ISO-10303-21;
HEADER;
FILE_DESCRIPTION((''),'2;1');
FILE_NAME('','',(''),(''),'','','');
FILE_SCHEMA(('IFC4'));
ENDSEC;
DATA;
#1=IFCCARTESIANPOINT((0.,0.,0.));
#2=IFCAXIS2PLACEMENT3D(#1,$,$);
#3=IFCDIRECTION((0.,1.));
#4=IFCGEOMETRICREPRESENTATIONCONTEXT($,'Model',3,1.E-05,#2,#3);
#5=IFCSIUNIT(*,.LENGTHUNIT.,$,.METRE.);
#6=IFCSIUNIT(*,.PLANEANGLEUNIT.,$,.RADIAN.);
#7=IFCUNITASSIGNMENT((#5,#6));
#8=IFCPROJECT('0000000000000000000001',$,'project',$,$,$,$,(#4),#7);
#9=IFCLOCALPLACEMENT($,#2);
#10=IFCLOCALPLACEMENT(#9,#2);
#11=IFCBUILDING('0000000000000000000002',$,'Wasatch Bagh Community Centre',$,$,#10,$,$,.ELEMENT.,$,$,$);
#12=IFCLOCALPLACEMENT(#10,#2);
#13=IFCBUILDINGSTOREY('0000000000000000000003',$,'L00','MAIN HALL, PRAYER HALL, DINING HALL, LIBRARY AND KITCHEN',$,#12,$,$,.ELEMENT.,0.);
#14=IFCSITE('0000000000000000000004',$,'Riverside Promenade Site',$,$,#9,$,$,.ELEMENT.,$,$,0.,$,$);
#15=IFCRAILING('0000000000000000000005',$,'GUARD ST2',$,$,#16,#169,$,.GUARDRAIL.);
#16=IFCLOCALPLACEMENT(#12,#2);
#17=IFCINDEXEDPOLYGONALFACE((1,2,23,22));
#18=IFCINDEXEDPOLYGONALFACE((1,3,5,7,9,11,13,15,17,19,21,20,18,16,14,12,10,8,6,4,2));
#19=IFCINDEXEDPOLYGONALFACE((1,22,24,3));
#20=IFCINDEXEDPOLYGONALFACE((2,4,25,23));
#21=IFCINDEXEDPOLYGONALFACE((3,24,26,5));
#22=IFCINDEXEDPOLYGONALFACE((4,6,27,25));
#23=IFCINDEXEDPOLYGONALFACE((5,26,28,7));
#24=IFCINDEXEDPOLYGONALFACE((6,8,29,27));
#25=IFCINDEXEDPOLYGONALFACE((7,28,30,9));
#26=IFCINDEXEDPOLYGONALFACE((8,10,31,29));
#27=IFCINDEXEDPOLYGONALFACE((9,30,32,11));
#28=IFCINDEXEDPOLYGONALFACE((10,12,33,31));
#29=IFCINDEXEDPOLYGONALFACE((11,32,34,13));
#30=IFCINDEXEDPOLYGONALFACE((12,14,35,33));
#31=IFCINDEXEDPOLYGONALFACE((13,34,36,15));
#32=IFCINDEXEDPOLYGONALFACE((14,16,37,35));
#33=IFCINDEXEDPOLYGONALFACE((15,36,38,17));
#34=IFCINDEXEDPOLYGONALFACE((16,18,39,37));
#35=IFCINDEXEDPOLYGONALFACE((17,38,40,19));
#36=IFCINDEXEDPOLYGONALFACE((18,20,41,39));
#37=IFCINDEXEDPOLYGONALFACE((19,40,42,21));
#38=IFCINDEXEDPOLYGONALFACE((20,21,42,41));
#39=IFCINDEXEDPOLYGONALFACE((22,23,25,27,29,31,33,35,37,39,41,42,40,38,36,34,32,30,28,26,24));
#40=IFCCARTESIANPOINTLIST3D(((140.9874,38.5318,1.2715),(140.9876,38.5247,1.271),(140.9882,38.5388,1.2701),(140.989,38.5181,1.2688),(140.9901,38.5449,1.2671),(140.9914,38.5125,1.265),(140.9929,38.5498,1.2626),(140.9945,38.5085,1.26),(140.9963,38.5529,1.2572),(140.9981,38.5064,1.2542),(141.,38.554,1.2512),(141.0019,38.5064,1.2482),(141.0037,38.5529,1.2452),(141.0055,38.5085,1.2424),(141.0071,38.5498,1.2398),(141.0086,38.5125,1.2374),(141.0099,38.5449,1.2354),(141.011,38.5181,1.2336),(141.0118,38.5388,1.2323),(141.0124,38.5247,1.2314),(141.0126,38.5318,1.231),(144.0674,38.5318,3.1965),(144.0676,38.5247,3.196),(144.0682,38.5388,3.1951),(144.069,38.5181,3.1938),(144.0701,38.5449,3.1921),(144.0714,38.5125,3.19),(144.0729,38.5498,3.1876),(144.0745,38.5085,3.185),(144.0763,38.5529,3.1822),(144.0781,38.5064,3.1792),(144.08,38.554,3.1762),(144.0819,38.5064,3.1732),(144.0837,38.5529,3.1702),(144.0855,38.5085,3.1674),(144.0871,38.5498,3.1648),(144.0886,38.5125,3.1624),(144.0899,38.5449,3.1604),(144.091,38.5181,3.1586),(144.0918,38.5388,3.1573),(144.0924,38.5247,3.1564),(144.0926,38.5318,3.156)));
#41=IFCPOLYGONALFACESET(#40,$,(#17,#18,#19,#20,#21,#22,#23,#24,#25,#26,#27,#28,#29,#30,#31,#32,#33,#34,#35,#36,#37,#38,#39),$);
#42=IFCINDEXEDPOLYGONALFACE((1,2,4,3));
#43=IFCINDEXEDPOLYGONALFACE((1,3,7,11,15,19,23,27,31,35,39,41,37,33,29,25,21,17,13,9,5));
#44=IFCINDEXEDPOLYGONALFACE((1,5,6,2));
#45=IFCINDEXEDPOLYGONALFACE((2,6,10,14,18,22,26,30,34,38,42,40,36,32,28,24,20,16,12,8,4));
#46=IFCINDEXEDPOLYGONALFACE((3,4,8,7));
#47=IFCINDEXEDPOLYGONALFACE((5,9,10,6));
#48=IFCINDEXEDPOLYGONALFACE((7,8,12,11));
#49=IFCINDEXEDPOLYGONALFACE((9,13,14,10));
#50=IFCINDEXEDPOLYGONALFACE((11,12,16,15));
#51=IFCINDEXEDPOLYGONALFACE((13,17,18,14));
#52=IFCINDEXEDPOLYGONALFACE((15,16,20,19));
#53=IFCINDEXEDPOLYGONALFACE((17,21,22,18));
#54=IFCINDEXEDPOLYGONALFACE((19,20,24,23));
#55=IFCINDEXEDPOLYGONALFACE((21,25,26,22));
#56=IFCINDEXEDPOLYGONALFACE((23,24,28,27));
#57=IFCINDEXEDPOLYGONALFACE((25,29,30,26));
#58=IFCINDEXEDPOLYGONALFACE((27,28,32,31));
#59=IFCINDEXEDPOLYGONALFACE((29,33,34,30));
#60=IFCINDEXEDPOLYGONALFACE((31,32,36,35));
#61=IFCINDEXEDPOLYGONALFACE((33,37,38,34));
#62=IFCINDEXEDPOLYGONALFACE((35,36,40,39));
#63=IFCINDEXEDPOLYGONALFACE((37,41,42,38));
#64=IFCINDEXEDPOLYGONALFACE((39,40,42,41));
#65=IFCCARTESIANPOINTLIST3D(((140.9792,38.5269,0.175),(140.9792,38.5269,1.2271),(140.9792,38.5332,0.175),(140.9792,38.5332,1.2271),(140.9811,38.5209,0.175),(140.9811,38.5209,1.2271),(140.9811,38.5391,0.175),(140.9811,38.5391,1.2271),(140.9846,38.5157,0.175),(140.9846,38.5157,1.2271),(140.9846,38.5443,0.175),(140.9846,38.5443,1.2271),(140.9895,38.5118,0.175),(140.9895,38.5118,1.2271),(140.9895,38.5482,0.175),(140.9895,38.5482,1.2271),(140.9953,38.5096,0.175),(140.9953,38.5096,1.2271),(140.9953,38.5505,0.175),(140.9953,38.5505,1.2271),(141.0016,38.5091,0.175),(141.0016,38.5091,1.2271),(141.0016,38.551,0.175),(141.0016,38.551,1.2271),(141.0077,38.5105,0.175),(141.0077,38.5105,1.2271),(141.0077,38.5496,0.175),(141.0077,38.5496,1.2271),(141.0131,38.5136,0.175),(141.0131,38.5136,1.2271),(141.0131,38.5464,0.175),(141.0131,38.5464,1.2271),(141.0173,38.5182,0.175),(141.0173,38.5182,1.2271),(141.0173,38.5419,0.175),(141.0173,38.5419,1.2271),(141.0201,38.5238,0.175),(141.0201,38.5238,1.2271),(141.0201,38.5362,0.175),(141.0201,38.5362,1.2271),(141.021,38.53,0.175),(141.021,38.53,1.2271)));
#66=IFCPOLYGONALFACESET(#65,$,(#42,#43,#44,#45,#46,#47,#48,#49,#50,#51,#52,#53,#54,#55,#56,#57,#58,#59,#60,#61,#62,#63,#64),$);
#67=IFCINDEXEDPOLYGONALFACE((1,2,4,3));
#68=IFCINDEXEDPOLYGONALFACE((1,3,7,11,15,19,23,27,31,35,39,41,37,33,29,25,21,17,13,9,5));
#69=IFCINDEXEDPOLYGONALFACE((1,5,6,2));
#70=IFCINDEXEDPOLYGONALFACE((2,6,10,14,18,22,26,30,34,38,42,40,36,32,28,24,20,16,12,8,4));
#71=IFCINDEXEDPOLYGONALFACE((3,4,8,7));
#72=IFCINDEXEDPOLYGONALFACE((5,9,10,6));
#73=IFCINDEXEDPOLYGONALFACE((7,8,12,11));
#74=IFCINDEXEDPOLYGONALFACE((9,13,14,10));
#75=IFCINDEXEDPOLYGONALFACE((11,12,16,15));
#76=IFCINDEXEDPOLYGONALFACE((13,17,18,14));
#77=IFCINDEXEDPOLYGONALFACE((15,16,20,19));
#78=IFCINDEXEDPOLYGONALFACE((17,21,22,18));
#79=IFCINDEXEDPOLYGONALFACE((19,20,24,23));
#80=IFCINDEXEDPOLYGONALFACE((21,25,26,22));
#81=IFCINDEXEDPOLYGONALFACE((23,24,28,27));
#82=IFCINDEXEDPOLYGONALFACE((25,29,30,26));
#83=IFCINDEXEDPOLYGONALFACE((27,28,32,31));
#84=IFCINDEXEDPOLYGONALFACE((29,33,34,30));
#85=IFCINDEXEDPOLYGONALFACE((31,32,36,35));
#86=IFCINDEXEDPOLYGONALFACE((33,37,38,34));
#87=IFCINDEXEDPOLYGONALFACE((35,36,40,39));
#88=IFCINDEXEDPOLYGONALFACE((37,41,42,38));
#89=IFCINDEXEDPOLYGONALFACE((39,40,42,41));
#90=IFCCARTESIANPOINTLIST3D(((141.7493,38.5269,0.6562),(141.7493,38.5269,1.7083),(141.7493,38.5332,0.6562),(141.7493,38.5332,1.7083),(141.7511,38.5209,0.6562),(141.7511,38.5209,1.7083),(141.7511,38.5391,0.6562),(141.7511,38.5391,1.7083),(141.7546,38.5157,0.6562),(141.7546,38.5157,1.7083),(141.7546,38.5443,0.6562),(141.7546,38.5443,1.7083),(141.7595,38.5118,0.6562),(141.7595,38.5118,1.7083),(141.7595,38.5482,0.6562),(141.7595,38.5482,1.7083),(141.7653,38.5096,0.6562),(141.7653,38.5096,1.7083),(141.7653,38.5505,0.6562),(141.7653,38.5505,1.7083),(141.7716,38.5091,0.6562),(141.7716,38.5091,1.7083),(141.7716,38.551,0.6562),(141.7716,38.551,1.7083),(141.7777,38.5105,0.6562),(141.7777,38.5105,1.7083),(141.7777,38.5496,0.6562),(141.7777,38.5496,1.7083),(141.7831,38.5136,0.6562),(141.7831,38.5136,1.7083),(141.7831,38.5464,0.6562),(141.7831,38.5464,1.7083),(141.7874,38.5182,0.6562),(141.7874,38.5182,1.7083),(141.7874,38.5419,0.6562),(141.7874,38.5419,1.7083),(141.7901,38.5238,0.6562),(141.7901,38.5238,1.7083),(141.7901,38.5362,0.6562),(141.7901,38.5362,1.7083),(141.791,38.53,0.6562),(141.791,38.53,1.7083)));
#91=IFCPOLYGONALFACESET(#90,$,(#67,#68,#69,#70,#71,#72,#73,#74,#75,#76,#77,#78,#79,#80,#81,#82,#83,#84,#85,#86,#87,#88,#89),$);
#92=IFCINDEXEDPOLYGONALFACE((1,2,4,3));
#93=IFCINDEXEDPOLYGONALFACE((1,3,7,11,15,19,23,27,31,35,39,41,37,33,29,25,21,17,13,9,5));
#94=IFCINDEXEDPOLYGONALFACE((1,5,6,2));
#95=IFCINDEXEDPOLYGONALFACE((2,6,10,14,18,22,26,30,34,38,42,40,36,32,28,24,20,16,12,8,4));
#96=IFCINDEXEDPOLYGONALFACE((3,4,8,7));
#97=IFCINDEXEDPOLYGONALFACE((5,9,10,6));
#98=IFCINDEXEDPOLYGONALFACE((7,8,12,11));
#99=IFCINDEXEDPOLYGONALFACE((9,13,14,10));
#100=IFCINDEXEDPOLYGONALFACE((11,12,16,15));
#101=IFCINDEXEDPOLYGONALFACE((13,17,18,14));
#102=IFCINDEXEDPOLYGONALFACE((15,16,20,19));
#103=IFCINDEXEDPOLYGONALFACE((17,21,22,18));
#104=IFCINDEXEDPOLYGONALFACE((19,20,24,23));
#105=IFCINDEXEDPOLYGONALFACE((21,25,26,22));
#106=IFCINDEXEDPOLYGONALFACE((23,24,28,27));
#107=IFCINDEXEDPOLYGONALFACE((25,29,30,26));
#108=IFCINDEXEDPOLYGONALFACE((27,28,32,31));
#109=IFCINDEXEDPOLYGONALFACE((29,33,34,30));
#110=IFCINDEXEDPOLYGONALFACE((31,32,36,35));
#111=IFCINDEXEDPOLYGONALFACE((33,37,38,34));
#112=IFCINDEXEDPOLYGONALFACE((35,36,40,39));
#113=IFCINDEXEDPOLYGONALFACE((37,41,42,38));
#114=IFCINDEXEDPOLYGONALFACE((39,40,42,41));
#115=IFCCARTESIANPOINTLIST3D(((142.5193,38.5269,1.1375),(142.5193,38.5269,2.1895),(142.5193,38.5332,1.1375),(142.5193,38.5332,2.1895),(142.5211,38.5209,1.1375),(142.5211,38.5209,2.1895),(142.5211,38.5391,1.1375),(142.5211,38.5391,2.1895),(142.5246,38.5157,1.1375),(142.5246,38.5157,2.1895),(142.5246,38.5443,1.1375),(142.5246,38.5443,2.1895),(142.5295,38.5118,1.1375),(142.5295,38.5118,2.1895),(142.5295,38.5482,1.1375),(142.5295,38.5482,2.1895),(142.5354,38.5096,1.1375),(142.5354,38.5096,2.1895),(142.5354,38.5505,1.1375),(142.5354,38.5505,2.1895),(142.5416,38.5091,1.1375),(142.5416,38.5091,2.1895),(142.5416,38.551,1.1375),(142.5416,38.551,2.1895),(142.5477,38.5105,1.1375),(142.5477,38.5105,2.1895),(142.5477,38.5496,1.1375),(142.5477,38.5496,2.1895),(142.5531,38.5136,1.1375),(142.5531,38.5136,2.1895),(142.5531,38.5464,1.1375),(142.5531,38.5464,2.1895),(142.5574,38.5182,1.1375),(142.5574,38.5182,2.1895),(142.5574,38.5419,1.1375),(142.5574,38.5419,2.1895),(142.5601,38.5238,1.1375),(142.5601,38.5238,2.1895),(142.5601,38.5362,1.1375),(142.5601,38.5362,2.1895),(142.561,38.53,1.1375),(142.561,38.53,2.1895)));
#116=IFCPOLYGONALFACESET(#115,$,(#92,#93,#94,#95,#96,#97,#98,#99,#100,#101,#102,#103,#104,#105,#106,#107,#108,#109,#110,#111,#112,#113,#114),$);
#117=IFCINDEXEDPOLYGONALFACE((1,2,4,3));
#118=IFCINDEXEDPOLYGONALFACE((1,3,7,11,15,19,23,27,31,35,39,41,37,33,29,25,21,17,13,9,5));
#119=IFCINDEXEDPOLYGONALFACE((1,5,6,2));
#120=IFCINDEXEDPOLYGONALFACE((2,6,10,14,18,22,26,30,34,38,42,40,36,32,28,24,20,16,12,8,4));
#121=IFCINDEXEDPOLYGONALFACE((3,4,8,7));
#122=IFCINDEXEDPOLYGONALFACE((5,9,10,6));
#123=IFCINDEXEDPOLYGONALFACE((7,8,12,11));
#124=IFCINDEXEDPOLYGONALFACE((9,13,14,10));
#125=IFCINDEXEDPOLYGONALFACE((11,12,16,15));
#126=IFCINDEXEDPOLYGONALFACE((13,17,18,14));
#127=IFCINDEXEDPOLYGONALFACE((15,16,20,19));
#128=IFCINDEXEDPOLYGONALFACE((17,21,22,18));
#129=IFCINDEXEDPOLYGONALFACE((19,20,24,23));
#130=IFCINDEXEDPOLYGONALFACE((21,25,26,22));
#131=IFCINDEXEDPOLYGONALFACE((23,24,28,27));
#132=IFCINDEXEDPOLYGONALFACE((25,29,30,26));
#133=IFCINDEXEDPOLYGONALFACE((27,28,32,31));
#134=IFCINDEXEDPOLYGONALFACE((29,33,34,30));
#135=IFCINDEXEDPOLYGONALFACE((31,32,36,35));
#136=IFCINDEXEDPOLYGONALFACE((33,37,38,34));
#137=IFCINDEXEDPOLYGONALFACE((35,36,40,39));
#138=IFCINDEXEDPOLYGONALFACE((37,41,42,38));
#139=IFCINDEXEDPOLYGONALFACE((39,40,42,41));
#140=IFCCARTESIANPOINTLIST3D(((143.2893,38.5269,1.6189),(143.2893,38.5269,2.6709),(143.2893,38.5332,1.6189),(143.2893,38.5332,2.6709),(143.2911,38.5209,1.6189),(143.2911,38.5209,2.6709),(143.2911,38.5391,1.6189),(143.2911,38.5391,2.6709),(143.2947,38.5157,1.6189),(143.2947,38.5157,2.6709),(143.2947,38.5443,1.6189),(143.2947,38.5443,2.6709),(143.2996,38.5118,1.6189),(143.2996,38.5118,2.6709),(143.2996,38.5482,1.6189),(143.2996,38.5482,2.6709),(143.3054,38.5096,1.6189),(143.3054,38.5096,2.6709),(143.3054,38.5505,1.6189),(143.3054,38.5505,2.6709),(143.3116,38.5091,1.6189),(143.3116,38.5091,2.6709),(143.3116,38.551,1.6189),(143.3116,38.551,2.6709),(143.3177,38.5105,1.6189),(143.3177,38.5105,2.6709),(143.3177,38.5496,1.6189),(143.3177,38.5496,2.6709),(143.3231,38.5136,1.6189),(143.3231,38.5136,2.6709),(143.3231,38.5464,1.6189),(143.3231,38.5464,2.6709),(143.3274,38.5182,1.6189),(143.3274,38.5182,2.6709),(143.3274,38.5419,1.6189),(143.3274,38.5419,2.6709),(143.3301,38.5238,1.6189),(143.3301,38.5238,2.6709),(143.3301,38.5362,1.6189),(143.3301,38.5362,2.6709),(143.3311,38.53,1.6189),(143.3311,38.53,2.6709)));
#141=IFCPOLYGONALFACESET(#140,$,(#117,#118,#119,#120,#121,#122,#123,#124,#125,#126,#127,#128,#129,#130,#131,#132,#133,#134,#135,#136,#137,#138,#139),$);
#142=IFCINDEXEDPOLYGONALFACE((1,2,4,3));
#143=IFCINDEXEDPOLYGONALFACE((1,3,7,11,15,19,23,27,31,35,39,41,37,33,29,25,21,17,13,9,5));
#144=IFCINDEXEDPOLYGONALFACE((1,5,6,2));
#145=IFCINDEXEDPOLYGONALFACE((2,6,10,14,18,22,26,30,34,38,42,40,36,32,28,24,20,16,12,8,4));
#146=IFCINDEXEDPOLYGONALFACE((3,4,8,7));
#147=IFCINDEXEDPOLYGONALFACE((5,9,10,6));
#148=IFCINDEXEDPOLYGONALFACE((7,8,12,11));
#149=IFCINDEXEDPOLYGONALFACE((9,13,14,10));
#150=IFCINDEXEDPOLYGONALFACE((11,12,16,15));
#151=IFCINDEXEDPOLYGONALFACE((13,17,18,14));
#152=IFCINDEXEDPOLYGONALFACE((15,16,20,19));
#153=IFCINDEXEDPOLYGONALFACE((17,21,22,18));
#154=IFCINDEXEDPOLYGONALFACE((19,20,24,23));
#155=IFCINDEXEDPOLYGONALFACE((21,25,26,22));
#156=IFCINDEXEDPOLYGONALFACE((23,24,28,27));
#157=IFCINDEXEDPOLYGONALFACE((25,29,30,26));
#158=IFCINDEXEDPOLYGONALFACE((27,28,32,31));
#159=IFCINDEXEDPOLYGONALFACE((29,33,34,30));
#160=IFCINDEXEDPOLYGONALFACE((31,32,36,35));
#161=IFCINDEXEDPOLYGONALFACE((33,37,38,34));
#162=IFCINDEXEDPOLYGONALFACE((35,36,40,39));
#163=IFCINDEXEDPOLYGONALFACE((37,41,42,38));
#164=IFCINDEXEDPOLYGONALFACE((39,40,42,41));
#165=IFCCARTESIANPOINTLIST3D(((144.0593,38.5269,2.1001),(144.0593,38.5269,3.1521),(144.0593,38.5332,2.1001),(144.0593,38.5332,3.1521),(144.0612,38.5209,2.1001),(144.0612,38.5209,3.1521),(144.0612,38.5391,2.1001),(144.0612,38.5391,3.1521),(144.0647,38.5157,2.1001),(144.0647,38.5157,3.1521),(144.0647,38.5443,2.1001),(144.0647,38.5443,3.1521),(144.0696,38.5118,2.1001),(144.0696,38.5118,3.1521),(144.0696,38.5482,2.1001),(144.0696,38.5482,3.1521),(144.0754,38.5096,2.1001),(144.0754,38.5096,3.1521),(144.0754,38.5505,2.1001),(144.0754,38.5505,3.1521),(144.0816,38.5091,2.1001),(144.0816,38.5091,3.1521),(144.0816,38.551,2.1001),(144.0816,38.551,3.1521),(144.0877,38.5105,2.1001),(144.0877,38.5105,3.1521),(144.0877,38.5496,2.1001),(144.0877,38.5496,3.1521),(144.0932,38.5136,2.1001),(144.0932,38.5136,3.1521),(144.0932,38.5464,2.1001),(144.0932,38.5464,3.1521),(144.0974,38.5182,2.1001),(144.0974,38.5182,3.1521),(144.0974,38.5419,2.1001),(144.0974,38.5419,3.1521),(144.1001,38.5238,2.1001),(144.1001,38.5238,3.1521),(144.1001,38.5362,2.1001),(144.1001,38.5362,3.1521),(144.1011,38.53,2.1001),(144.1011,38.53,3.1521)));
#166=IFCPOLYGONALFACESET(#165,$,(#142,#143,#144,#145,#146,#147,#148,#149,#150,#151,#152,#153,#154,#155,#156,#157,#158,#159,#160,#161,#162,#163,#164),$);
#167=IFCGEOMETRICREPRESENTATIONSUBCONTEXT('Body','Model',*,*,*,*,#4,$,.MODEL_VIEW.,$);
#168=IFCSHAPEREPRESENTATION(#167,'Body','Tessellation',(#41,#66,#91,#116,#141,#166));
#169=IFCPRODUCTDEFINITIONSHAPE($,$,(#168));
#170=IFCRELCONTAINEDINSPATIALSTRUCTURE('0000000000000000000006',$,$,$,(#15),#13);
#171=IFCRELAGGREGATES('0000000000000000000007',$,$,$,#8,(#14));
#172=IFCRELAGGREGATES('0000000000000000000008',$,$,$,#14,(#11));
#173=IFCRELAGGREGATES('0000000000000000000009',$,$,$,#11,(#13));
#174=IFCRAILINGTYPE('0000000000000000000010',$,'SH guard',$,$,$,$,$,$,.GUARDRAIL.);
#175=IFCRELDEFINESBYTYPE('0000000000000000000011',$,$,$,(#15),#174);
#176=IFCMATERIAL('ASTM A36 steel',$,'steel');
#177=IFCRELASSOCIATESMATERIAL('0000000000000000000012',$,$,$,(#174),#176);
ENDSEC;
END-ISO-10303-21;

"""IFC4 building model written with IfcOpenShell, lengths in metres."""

from ifc_helpers import new_model, si_unit, direction, frame, origin, origin_2d, place, context, subcontext, project, spatial, circle, extrude, material, type_object, element, save


model = new_model("IFC4")

# Units and contexts
model_context = context("Model", 3, precision=1e-05, world=origin(), true_north=direction((0.0, 1.0)))
body_context = subcontext(model_context, "Body", "Model", "MODEL_VIEW")
ifc_project = project(units=[si_unit("LENGTHUNIT", "METRE"), si_unit("PLANEANGLEUNIT", "RADIAN")], contexts=[model_context])

# Site, building, storey
site_placement = place(None, origin())
site = spatial("IfcSite", under=ifc_project, at=site_placement, Name="Riverside Promenade Site", CompositionType="ELEMENT", RefElevation=0.0)
building_placement = place(site_placement, origin())
building = spatial("IfcBuilding", under=site, at=building_placement, Name="Wasatch Bagh Community Centre", CompositionType="ELEMENT")
storey_placement = place(building_placement, origin())
storey = spatial("IfcBuildingStorey", under=building, at=storey_placement, Name="L00", Description="MAIN HALL, PRAYER HALL, DINING HALL, LIBRARY AND KITCHEN", CompositionType="ELEMENT", Elevation=0.0)

# Railing
ifc_material_1 = material(Name="ASTM A36 steel", Category="steel")
railing_type = type_object("IfcRailingType", Name="SH guard", PredefinedType="GUARDRAIL", material=ifc_material_1)
railing_placement = place(storey_placement, frame((141.0, 38.53, 0.175)))
element("IfcRailing", 1, at=railing_placement, inside=storey, type_object=railing_type, Name="GUARD ST2", PredefinedType="GUARDRAIL", context=body_context, shape_type="SweptSolid", body=[
    extrude(circle(Radius=0.0239, at=origin_2d()), frame((0.0, 0.0, 1.0762), z_axis=(0.847998, 0.0, 0.529999), x_axis=(0.0, 1.0, 0.0)), (0.0, 0.0, 1.0), 3.6321),
    extrude(circle(Radius=0.021, at=origin_2d()), origin(), (0.0, 0.0, 1.0), 1.052),
    extrude(circle(Radius=0.021, at=origin_2d()), frame((0.77, 0.0, 0.4812)), (0.0, 0.0, 1.0), 1.052),
    extrude(circle(Radius=0.021, at=origin_2d()), frame((1.54, 0.0, 0.9624)), (0.0, 0.0, 1.0), 1.052),
    extrude(circle(Radius=0.021, at=origin_2d()), frame((2.3101, 0.0, 1.4438)), (0.0, 0.0, 1.0), 1.052),
    extrude(circle(Radius=0.021, at=origin_2d()), frame((3.0801, 0.0, 1.925)), (0.0, 0.0, 1.0), 1.052),
])

save(model, "model.ifc")
